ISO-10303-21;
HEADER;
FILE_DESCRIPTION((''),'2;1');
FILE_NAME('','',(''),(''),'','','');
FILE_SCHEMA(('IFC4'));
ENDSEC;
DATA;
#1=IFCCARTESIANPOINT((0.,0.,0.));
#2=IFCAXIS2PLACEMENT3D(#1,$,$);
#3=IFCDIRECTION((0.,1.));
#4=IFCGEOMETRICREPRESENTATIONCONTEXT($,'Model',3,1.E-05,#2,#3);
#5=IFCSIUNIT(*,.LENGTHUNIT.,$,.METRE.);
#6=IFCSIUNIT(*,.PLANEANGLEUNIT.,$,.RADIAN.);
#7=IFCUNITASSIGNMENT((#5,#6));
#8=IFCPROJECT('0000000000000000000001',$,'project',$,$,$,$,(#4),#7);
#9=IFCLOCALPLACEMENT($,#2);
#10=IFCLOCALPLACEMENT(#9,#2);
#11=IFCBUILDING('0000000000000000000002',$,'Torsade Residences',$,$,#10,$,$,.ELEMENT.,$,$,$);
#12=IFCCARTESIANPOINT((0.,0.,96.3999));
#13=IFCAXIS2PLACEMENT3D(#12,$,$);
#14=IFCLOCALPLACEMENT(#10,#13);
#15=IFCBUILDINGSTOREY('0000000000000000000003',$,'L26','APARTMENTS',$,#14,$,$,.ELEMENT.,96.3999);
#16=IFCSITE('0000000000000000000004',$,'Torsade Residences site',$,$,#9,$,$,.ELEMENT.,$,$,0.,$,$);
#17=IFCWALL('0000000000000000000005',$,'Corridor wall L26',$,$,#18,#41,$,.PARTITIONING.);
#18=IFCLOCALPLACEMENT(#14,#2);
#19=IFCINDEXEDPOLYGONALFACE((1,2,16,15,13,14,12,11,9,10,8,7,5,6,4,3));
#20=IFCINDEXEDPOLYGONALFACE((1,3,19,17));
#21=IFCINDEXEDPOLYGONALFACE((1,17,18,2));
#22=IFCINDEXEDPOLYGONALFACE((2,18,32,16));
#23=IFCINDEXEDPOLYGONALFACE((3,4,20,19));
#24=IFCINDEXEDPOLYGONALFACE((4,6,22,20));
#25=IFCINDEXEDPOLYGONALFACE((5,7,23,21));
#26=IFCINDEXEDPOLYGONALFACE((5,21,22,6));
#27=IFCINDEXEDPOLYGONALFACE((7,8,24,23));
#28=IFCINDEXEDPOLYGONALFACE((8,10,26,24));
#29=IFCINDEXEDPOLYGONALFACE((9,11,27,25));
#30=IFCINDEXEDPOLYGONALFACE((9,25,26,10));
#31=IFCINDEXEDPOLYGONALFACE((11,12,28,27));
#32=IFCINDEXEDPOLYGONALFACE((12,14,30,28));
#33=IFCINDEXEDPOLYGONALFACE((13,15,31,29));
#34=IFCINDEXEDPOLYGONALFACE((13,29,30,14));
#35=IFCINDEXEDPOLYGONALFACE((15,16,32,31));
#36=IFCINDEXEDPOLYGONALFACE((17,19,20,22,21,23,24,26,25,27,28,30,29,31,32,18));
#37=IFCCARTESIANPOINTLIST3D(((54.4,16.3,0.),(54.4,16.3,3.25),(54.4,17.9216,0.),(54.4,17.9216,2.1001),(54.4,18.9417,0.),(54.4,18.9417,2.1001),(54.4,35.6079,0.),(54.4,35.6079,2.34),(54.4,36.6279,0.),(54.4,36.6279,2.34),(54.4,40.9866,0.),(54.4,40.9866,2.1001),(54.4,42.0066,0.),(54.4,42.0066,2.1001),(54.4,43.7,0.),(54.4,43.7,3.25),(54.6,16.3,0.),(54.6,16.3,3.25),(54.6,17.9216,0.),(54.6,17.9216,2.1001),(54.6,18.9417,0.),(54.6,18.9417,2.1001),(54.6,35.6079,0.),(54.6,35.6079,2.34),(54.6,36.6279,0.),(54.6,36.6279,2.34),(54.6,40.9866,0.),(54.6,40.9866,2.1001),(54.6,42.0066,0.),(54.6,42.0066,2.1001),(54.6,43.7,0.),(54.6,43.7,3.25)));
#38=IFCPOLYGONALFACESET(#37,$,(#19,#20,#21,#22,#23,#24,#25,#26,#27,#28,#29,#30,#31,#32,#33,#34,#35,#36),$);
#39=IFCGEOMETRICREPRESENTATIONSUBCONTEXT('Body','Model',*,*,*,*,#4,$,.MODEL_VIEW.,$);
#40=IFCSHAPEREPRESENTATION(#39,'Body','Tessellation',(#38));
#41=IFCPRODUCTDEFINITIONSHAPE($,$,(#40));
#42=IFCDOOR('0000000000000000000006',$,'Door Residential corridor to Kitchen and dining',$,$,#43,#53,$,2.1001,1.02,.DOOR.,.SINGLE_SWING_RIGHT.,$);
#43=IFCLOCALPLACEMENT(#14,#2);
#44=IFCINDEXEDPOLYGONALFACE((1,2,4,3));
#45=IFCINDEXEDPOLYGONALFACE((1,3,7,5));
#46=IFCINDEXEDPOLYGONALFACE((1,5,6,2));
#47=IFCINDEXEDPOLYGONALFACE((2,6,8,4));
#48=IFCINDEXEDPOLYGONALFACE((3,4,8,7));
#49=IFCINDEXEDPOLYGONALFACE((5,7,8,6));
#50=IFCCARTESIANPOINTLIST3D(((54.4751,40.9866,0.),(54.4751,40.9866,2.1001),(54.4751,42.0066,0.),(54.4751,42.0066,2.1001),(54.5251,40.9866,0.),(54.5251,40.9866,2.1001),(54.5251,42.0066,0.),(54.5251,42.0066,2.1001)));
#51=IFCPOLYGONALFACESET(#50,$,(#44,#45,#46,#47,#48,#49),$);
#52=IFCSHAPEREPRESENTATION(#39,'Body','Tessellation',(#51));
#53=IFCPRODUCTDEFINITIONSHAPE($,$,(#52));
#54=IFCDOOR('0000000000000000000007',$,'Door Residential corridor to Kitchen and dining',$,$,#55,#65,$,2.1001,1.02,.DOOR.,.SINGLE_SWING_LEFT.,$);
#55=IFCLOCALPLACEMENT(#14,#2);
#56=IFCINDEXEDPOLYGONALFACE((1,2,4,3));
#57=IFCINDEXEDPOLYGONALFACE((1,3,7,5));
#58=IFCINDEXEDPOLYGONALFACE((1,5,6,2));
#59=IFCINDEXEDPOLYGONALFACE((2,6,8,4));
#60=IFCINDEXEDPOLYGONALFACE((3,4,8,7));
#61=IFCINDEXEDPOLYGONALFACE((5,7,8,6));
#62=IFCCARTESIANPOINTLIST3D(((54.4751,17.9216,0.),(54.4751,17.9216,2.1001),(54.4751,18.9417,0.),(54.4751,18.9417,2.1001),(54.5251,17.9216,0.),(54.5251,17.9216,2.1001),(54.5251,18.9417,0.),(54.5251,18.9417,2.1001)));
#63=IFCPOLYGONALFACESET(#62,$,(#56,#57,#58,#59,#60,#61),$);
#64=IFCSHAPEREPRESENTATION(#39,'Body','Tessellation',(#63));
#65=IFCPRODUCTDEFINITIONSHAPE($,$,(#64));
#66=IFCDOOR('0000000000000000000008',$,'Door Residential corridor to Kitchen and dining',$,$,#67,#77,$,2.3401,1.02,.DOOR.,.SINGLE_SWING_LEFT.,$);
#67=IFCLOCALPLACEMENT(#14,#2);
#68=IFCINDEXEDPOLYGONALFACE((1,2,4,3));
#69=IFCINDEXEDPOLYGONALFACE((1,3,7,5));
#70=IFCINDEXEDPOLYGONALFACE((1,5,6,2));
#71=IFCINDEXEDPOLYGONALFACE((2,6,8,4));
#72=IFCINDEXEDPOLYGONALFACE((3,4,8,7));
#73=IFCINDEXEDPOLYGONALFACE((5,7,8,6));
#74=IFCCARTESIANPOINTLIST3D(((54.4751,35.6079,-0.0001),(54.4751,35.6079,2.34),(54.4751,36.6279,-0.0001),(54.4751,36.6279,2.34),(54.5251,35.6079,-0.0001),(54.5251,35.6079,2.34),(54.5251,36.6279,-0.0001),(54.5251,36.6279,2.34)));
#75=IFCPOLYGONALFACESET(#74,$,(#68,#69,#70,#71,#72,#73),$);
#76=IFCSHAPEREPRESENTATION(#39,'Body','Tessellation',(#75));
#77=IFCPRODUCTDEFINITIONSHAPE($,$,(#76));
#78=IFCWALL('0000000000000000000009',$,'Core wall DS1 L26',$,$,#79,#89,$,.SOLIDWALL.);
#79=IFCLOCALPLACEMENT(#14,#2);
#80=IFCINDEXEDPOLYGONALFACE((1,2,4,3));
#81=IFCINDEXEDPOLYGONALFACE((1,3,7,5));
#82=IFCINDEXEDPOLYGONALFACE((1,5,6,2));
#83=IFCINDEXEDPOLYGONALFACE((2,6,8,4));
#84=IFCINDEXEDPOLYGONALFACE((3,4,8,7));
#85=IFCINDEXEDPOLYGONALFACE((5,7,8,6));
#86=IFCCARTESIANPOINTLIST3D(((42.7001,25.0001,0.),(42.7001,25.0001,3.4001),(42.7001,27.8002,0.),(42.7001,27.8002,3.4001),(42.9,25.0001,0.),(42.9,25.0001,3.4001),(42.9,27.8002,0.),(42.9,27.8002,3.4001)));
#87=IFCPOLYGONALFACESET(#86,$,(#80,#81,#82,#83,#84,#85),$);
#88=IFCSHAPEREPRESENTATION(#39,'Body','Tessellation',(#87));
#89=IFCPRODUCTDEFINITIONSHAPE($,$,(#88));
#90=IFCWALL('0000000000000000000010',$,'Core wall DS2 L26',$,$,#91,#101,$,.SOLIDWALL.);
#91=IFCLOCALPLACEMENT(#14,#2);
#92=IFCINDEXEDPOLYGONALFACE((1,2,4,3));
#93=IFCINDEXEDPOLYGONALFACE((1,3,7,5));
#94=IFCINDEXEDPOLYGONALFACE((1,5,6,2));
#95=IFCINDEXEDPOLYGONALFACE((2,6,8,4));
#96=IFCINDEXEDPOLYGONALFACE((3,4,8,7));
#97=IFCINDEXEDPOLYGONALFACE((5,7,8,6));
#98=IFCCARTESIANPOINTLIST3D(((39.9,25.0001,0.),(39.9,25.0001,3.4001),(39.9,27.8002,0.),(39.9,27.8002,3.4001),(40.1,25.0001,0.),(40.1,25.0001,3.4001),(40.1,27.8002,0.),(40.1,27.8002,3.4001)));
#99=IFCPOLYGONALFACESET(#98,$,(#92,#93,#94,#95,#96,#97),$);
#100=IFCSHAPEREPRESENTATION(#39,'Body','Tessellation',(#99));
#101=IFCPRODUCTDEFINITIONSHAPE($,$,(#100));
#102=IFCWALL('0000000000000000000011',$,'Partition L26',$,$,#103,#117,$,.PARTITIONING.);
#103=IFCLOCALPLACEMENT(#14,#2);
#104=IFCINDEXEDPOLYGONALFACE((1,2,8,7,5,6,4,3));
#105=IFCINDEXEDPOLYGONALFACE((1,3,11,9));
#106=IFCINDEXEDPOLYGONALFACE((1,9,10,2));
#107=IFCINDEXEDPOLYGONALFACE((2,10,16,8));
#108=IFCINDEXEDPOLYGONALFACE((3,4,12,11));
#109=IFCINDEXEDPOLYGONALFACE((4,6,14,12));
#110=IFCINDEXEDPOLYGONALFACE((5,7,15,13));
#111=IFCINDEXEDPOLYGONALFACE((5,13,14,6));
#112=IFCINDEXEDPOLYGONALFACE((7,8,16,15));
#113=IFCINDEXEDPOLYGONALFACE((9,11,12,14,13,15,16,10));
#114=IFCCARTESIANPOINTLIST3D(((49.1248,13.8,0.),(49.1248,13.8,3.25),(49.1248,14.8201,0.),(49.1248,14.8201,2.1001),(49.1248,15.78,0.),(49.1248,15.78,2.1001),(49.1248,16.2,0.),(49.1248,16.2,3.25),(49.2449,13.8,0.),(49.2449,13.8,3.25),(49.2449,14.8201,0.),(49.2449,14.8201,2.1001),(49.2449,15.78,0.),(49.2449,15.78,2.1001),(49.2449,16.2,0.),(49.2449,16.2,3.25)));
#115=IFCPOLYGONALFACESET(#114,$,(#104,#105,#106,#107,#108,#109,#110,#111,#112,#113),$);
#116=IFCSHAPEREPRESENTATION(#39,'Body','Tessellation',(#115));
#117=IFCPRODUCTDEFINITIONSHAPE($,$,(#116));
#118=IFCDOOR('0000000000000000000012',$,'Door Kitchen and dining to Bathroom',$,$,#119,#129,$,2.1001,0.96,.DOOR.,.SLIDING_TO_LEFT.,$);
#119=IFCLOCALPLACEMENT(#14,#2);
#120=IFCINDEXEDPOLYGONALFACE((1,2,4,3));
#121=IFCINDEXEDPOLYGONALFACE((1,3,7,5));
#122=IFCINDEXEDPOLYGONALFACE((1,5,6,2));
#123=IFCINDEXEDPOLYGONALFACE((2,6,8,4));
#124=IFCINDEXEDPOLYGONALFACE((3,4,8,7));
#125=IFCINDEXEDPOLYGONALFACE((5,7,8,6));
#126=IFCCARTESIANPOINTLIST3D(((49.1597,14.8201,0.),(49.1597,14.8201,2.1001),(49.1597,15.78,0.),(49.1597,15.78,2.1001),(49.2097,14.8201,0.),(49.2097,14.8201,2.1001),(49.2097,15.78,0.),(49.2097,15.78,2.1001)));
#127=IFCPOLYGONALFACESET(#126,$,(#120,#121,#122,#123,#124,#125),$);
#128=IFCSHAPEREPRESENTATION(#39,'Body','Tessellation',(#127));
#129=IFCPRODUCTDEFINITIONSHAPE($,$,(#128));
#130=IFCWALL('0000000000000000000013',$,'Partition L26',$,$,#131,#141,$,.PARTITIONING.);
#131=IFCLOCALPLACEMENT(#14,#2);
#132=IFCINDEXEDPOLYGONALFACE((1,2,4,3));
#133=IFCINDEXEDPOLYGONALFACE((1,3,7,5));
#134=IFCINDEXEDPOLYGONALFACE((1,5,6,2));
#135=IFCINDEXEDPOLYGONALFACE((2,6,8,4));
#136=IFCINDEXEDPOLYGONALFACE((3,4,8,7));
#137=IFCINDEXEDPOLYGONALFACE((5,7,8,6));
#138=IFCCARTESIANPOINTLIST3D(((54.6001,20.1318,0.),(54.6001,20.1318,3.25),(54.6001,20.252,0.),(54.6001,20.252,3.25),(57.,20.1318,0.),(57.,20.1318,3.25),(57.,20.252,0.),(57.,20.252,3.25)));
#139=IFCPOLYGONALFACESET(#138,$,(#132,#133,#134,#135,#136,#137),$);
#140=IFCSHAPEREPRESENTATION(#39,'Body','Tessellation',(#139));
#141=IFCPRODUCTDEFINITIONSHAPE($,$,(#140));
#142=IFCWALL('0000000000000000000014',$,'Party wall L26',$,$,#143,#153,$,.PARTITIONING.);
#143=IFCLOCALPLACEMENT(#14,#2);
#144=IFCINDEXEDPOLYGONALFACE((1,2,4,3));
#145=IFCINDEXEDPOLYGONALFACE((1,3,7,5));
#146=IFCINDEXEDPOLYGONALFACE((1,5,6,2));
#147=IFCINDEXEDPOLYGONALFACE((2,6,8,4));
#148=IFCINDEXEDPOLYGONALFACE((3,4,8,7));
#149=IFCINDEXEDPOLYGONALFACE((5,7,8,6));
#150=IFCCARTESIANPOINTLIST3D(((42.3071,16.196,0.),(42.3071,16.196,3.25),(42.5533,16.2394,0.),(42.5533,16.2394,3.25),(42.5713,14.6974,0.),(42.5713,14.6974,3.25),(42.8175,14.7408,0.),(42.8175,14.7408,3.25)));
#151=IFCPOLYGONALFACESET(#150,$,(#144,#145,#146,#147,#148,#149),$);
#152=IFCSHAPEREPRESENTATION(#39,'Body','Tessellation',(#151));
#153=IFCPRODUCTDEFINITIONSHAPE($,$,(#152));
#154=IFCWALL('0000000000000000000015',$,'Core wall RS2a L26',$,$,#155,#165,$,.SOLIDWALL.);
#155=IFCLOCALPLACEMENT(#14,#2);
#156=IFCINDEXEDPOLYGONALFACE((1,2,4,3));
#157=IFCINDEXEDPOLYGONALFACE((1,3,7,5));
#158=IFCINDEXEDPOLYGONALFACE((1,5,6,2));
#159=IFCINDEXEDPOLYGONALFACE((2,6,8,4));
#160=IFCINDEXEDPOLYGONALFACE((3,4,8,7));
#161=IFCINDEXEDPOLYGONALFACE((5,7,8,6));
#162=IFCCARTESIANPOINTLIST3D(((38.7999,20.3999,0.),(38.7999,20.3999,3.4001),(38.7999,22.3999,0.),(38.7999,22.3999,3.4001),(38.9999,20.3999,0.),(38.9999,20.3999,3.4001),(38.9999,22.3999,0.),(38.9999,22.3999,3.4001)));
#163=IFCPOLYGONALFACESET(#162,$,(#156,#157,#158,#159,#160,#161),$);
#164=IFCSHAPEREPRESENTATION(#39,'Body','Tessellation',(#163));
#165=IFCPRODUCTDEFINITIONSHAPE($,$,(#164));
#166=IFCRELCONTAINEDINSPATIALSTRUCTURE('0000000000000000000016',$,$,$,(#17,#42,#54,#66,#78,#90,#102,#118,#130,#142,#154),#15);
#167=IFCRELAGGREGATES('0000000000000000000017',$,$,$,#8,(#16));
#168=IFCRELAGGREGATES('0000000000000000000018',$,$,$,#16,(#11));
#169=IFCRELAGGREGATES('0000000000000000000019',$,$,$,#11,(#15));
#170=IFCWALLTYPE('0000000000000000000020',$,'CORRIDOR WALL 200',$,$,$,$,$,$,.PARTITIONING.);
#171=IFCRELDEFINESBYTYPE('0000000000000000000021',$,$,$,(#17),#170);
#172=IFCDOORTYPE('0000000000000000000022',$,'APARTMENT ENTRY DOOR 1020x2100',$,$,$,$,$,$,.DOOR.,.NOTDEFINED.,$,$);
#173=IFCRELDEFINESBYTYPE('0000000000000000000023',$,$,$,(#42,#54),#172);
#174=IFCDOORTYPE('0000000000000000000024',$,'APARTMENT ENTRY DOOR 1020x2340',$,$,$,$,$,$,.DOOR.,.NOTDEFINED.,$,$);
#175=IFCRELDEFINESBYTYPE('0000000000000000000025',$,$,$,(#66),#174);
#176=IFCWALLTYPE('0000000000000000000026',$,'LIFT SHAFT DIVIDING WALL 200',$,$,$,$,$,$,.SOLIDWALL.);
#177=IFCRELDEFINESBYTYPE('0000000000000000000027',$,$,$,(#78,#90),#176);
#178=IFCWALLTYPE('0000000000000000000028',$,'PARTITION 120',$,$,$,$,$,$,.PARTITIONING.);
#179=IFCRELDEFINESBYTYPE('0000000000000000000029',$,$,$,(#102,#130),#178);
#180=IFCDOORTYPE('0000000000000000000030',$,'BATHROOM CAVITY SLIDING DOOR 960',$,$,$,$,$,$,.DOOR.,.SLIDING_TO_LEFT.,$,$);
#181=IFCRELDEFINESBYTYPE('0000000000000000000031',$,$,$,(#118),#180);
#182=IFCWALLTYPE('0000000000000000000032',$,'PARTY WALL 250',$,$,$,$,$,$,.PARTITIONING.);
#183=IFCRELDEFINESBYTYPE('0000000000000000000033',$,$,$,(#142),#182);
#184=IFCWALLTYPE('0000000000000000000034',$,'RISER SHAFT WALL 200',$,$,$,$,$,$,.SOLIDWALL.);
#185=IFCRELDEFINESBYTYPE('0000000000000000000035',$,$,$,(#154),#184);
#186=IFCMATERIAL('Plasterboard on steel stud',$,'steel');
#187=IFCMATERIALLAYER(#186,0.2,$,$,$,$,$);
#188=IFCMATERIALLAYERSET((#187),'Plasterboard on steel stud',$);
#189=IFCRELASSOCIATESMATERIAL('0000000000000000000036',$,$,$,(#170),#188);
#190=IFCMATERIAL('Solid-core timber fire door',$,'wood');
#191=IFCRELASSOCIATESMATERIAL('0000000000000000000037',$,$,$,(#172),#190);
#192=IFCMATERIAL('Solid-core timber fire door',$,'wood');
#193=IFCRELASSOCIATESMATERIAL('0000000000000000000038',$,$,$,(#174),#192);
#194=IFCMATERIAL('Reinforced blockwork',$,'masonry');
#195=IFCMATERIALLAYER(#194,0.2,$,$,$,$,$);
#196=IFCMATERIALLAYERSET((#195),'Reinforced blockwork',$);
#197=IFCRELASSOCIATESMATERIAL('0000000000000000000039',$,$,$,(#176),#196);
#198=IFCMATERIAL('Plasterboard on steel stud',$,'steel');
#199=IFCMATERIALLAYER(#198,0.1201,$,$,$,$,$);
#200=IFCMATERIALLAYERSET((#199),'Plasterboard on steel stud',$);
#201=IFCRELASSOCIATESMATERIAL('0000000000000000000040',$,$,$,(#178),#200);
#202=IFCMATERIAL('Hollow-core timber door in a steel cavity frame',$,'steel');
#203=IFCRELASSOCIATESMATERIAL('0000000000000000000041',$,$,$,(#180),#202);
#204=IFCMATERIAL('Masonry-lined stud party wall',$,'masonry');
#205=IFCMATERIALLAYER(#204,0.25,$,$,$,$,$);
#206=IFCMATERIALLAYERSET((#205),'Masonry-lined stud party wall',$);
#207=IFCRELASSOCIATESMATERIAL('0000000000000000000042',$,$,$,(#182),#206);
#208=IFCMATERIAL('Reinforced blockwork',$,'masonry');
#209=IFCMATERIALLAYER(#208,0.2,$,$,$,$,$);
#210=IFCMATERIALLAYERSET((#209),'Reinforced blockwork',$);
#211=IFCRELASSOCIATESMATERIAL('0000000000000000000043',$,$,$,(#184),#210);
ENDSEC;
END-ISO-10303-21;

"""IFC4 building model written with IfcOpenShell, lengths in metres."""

from ifc_helpers import new_model, si_unit, direction, frame, frame_2d, origin, place, context, subcontext, project, spatial, rectangle, extrude, material, layer, layer_set, type_object, element, fill, save


model = new_model("IFC4")

# Units and contexts
model_context = context("Model", 3, precision=1e-05, world=origin(), true_north=direction((0.0, 1.0)))
body_context = subcontext(model_context, "Body", "Model", "MODEL_VIEW")
ifc_project = project(units=[si_unit("LENGTHUNIT", "METRE"), si_unit("PLANEANGLEUNIT", "RADIAN")], contexts=[model_context])

# Site, building, storey
site_placement = place(None, origin())
site = spatial("IfcSite", under=ifc_project, at=site_placement, Name="Torsade Residences site", CompositionType="ELEMENT", RefElevation=0.0)
building_placement = place(site_placement, origin())
building = spatial("IfcBuilding", under=site, at=building_placement, Name="Torsade Residences", CompositionType="ELEMENT")
storey_placement = place(building_placement, frame((0.0, 0.0, 96.3999)))
storey = spatial("IfcBuildingStorey", under=building, at=storey_placement, Name="L26", Description="APARTMENTS", CompositionType="ELEMENT", Elevation=96.3999)

# Wall, openings, doors
ifc_material_1 = material(Name="Plasterboard on steel stud", Category="steel")
ifc_layer_1 = layer(ifc_material_1, 0.2)
ifc_layer_set_1 = layer_set([ifc_layer_1], Name="Plasterboard on steel stud")
wall_type_1 = type_object("IfcWallType", Name="CORRIDOR WALL 200", PredefinedType="PARTITIONING", material=ifc_layer_set_1)
wall_1_placement = place(storey_placement, frame((54.5, 16.3, 0.0), z_axis=(0.0, 0.0, 1.0), x_axis=(0.0, 1.0, 0.0)))
wall_1 = element("IfcWall", 1, at=wall_1_placement, inside=storey, type_object=wall_type_1, Name="Corridor wall L26", PredefinedType="PARTITIONING", context=body_context, shape_type="SweptSolid", body=[
    extrude(rectangle(XDim=27.3999, YDim=0.2, at=frame_2d((13.7, 0.0))), origin(), (0.0, 0.0, 1.0), 3.25),
])
opening_1_placement = place(wall_1_placement, frame((19.3079, 0.0, 0.0)))
opening_1 = element("IfcOpeningElement", 2, at=opening_1_placement, cuts=wall_1, PredefinedType="OPENING", context=body_context, shape_type="SweptSolid", body=[
    extrude(rectangle(XDim=1.02, YDim=2.3401, at=frame_2d((0.51, 1.1699))), frame((0.0, 0.1099, 0.0), z_axis=(0.0, -1.0, 0.0), x_axis=(1.0, 0.0, 0.0)), (0.0, 0.0, 1.0), 0.22),
])
opening_2_placement = place(wall_1_placement, frame((24.6865, 0.0, 0.0)))
opening_2 = element("IfcOpeningElement", 3, at=opening_2_placement, cuts=wall_1, PredefinedType="OPENING", context=body_context, shape_type="SweptSolid", body=[
    extrude(rectangle(XDim=1.02, YDim=2.1001, at=frame_2d((0.51, 1.05))), frame((0.0, 0.1099, 0.0), z_axis=(0.0, -1.0, 0.0), x_axis=(1.0, 0.0, 0.0)), (0.0, 0.0, 1.0), 0.22),
])
opening_3_placement = place(wall_1_placement, frame((1.6216, 0.0, 0.0)))
opening_3 = element("IfcOpeningElement", 4, at=opening_3_placement, cuts=wall_1, PredefinedType="OPENING", context=body_context, shape_type="SweptSolid", body=[
    extrude(rectangle(XDim=1.02, YDim=2.1001, at=frame_2d((0.51, 1.05))), frame((0.0, 0.1099, 0.0), z_axis=(0.0, -1.0, 0.0), x_axis=(1.0, 0.0, 0.0)), (0.0, 0.0, 1.0), 0.22),
])
ifc_material_2 = material(Name="Solid-core timber fire door", Category="wood")
door_type_1 = type_object("IfcDoorType", Name="APARTMENT ENTRY DOOR 1020x2100", OperationType="NOTDEFINED", PredefinedType="DOOR", material=ifc_material_2)
door_1_placement = place(opening_2_placement, origin())
door_1 = element("IfcDoor", 5, at=door_1_placement, inside=storey, type_object=door_type_1, Name="Door Residential corridor to Kitchen and dining", OperationType="SINGLE_SWING_RIGHT", OverallHeight=2.1001, OverallWidth=1.02, PredefinedType="DOOR", context=body_context, shape_type="SweptSolid", body=[
    extrude(rectangle(XDim=1.02, YDim=2.1001, at=frame_2d((0.51, 1.05))), frame((0.0, 0.0249, 0.0), z_axis=(0.0, -1.0, 0.0), x_axis=(1.0, 0.0, 0.0)), (0.0, 0.0, 1.0), 0.05),
])
fill(opening_2, door_1)
door_2_placement = place(opening_3_placement, origin())
door_2 = element("IfcDoor", 6, at=door_2_placement, inside=storey, type_object=door_type_1, Name="Door Residential corridor to Kitchen and dining", OperationType="SINGLE_SWING_LEFT", OverallHeight=2.1001, OverallWidth=1.02, PredefinedType="DOOR", context=body_context, shape_type="SweptSolid", body=[
    extrude(rectangle(XDim=1.02, YDim=2.1001, at=frame_2d((0.51, 1.05))), frame((0.0, 0.0249, 0.0), z_axis=(0.0, -1.0, 0.0), x_axis=(1.0, 0.0, 0.0)), (0.0, 0.0, 1.0), 0.05),
])
fill(opening_3, door_2)
ifc_material_3 = material(Name="Solid-core timber fire door", Category="wood")
door_type_2 = type_object("IfcDoorType", Name="APARTMENT ENTRY DOOR 1020x2340", OperationType="NOTDEFINED", PredefinedType="DOOR", material=ifc_material_3)
door_3_placement = place(opening_1_placement, origin())
door_3 = element("IfcDoor", 7, at=door_3_placement, inside=storey, type_object=door_type_2, Name="Door Residential corridor to Kitchen and dining", OperationType="SINGLE_SWING_LEFT", OverallHeight=2.3401, OverallWidth=1.02, PredefinedType="DOOR", context=body_context, shape_type="SweptSolid", body=[
    extrude(rectangle(XDim=1.02, YDim=2.3401, at=frame_2d((0.51, 1.1699))), frame((0.0, 0.0249, 0.0), z_axis=(0.0, -1.0, 0.0), x_axis=(1.0, 0.0, 0.0)), (0.0, 0.0, 1.0), 0.05),
])
fill(opening_1, door_3)

# Walls
ifc_material_4 = material(Name="Reinforced blockwork", Category="masonry")
ifc_layer_2 = layer(ifc_material_4, 0.2)
ifc_layer_set_2 = layer_set([ifc_layer_2], Name="Reinforced blockwork")
wall_type_2 = type_object("IfcWallType", Name="LIFT SHAFT DIVIDING WALL 200", PredefinedType="SOLIDWALL", material=ifc_layer_set_2)
for number, where, z_axis, x_axis, name in (
    (8, (42.8, 27.8, 0.0), (0.0, 0.0, 1.0), (0.0, -1.0, 0.0), "Core wall DS1 L26"),
    (9, (40.0, 27.8, 0.0), (0.0, 0.0, 1.0), (0.0, -1.0, 0.0), "Core wall DS2 L26"),
):
    element("IfcWall", number, at=place(storey_placement, frame(where, z_axis=z_axis, x_axis=x_axis)), inside=storey, type_object=wall_type_2, Name=name, PredefinedType="SOLIDWALL", context=body_context, shape_type="SweptSolid", body=[
        extrude(rectangle(XDim=2.8, YDim=0.2, at=frame_2d((1.3999, 0.0))), origin(), (0.0, 0.0, 1.0), 3.4001),
    ])

# Wall, opening, door
ifc_material_5 = material(Name="Plasterboard on steel stud", Category="steel")
ifc_layer_3 = layer(ifc_material_5, 0.1201)
ifc_layer_set_3 = layer_set([ifc_layer_3], Name="Plasterboard on steel stud")
wall_type_3 = type_object("IfcWallType", Name="PARTITION 120", PredefinedType="PARTITIONING", material=ifc_layer_set_3)
wall_2_placement = place(storey_placement, frame((49.1848, 16.2, 0.0), z_axis=(0.0, 0.0, 1.0), x_axis=(0.0, -1.0, 0.0)))
wall_2 = element("IfcWall", 10, at=wall_2_placement, inside=storey, type_object=wall_type_3, Name="Partition L26", PredefinedType="PARTITIONING", context=body_context, shape_type="SweptSolid", body=[
    extrude(rectangle(XDim=2.3999, YDim=0.1201, at=frame_2d((1.2, 0.0))), origin(), (0.0, 0.0, 1.0), 3.25),
])
opening_4_placement = place(wall_2_placement, frame((0.4199, 0.0, 0.0)))
opening_4 = element("IfcOpeningElement", 11, at=opening_4_placement, cuts=wall_2, PredefinedType="OPENING", context=body_context, shape_type="SweptSolid", body=[
    extrude(rectangle(XDim=0.96, YDim=2.1001, at=frame_2d((0.48, 1.05))), frame((0.0, 0.0701, 0.0), z_axis=(0.0, -1.0, 0.0), x_axis=(1.0, 0.0, 0.0)), (0.0, 0.0, 1.0), 0.1401),
])
ifc_material_6 = material(Name="Hollow-core timber door in a steel cavity frame", Category="steel")
door_type_3 = type_object("IfcDoorType", Name="BATHROOM CAVITY SLIDING DOOR 960", OperationType="SLIDING_TO_LEFT", PredefinedType="DOOR", material=ifc_material_6)
door_4_placement = place(opening_4_placement, origin())
door_4 = element("IfcDoor", 12, at=door_4_placement, inside=storey, type_object=door_type_3, Name="Door Kitchen and dining to Bathroom", OperationType="SLIDING_TO_LEFT", OverallHeight=2.1001, OverallWidth=0.96, PredefinedType="DOOR", context=body_context, shape_type="SweptSolid", body=[
    extrude(rectangle(XDim=0.96, YDim=2.1001, at=frame_2d((0.48, 1.05))), frame((0.0, 0.0249, 0.0), z_axis=(0.0, -1.0, 0.0), x_axis=(1.0, 0.0, 0.0)), (0.0, 0.0, 1.0), 0.05),
])
fill(opening_4, door_4)

# Walls
wall_3_placement = place(storey_placement, frame((54.6001, 20.1919, 0.0), z_axis=(0.0, 0.0, 1.0), x_axis=(1.0, 0.0, 0.0)))
element("IfcWall", 13, at=wall_3_placement, inside=storey, type_object=wall_type_3, Name="Partition L26", PredefinedType="PARTITIONING", context=body_context, shape_type="SweptSolid", body=[
    extrude(rectangle(XDim=2.3999, YDim=0.1201, at=frame_2d((1.2, 0.0))), origin(), (0.0, 0.0, 1.0), 3.25),
])
ifc_material_7 = material(Name="Masonry-lined stud party wall", Category="masonry")
ifc_layer_4 = layer(ifc_material_7, 0.25)
ifc_layer_set_4 = layer_set([ifc_layer_4], Name="Masonry-lined stud party wall")
wall_type_4 = type_object("IfcWallType", Name="PARTY WALL 250", PredefinedType="PARTITIONING", material=ifc_layer_set_4)
wall_4_placement = place(storey_placement, frame((42.6943, 14.7192, 0.0), z_axis=(0.0, 0.0, 1.0), x_axis=(-0.173602, 0.984816, 0.0)))
element("IfcWall", 14, at=wall_4_placement, inside=storey, type_object=wall_type_4, Name="Party wall L26", PredefinedType="PARTITIONING", context=body_context, shape_type="SweptSolid", body=[
    extrude(rectangle(XDim=1.5217, YDim=0.25, at=frame_2d((0.7607, 0.0))), origin(), (0.0, 0.0, 1.0), 3.25),
])
ifc_material_8 = material(Name="Reinforced blockwork", Category="masonry")
ifc_layer_5 = layer(ifc_material_8, 0.2)
ifc_layer_set_5 = layer_set([ifc_layer_5], Name="Reinforced blockwork")
wall_type_5 = type_object("IfcWallType", Name="RISER SHAFT WALL 200", PredefinedType="SOLIDWALL", material=ifc_layer_set_5)
for number, where, z_axis, x_axis, name in (
    (15, (38.8999, 22.3999, 0.0), (0.0, 0.0, 1.0), (0.0, -1.0, 0.0), "Core wall RS2a L26"),
):
    element("IfcWall", number, at=place(storey_placement, frame(where, z_axis=z_axis, x_axis=x_axis)), inside=storey, type_object=wall_type_5, Name=name, PredefinedType="SOLIDWALL", context=body_context, shape_type="SweptSolid", body=[
        extrude(rectangle(XDim=2.0, YDim=0.2, at=frame_2d((1.0, 0.0))), origin(), (0.0, 0.0, 1.0), 3.4001),
    ])

save(model, "model.ifc")
